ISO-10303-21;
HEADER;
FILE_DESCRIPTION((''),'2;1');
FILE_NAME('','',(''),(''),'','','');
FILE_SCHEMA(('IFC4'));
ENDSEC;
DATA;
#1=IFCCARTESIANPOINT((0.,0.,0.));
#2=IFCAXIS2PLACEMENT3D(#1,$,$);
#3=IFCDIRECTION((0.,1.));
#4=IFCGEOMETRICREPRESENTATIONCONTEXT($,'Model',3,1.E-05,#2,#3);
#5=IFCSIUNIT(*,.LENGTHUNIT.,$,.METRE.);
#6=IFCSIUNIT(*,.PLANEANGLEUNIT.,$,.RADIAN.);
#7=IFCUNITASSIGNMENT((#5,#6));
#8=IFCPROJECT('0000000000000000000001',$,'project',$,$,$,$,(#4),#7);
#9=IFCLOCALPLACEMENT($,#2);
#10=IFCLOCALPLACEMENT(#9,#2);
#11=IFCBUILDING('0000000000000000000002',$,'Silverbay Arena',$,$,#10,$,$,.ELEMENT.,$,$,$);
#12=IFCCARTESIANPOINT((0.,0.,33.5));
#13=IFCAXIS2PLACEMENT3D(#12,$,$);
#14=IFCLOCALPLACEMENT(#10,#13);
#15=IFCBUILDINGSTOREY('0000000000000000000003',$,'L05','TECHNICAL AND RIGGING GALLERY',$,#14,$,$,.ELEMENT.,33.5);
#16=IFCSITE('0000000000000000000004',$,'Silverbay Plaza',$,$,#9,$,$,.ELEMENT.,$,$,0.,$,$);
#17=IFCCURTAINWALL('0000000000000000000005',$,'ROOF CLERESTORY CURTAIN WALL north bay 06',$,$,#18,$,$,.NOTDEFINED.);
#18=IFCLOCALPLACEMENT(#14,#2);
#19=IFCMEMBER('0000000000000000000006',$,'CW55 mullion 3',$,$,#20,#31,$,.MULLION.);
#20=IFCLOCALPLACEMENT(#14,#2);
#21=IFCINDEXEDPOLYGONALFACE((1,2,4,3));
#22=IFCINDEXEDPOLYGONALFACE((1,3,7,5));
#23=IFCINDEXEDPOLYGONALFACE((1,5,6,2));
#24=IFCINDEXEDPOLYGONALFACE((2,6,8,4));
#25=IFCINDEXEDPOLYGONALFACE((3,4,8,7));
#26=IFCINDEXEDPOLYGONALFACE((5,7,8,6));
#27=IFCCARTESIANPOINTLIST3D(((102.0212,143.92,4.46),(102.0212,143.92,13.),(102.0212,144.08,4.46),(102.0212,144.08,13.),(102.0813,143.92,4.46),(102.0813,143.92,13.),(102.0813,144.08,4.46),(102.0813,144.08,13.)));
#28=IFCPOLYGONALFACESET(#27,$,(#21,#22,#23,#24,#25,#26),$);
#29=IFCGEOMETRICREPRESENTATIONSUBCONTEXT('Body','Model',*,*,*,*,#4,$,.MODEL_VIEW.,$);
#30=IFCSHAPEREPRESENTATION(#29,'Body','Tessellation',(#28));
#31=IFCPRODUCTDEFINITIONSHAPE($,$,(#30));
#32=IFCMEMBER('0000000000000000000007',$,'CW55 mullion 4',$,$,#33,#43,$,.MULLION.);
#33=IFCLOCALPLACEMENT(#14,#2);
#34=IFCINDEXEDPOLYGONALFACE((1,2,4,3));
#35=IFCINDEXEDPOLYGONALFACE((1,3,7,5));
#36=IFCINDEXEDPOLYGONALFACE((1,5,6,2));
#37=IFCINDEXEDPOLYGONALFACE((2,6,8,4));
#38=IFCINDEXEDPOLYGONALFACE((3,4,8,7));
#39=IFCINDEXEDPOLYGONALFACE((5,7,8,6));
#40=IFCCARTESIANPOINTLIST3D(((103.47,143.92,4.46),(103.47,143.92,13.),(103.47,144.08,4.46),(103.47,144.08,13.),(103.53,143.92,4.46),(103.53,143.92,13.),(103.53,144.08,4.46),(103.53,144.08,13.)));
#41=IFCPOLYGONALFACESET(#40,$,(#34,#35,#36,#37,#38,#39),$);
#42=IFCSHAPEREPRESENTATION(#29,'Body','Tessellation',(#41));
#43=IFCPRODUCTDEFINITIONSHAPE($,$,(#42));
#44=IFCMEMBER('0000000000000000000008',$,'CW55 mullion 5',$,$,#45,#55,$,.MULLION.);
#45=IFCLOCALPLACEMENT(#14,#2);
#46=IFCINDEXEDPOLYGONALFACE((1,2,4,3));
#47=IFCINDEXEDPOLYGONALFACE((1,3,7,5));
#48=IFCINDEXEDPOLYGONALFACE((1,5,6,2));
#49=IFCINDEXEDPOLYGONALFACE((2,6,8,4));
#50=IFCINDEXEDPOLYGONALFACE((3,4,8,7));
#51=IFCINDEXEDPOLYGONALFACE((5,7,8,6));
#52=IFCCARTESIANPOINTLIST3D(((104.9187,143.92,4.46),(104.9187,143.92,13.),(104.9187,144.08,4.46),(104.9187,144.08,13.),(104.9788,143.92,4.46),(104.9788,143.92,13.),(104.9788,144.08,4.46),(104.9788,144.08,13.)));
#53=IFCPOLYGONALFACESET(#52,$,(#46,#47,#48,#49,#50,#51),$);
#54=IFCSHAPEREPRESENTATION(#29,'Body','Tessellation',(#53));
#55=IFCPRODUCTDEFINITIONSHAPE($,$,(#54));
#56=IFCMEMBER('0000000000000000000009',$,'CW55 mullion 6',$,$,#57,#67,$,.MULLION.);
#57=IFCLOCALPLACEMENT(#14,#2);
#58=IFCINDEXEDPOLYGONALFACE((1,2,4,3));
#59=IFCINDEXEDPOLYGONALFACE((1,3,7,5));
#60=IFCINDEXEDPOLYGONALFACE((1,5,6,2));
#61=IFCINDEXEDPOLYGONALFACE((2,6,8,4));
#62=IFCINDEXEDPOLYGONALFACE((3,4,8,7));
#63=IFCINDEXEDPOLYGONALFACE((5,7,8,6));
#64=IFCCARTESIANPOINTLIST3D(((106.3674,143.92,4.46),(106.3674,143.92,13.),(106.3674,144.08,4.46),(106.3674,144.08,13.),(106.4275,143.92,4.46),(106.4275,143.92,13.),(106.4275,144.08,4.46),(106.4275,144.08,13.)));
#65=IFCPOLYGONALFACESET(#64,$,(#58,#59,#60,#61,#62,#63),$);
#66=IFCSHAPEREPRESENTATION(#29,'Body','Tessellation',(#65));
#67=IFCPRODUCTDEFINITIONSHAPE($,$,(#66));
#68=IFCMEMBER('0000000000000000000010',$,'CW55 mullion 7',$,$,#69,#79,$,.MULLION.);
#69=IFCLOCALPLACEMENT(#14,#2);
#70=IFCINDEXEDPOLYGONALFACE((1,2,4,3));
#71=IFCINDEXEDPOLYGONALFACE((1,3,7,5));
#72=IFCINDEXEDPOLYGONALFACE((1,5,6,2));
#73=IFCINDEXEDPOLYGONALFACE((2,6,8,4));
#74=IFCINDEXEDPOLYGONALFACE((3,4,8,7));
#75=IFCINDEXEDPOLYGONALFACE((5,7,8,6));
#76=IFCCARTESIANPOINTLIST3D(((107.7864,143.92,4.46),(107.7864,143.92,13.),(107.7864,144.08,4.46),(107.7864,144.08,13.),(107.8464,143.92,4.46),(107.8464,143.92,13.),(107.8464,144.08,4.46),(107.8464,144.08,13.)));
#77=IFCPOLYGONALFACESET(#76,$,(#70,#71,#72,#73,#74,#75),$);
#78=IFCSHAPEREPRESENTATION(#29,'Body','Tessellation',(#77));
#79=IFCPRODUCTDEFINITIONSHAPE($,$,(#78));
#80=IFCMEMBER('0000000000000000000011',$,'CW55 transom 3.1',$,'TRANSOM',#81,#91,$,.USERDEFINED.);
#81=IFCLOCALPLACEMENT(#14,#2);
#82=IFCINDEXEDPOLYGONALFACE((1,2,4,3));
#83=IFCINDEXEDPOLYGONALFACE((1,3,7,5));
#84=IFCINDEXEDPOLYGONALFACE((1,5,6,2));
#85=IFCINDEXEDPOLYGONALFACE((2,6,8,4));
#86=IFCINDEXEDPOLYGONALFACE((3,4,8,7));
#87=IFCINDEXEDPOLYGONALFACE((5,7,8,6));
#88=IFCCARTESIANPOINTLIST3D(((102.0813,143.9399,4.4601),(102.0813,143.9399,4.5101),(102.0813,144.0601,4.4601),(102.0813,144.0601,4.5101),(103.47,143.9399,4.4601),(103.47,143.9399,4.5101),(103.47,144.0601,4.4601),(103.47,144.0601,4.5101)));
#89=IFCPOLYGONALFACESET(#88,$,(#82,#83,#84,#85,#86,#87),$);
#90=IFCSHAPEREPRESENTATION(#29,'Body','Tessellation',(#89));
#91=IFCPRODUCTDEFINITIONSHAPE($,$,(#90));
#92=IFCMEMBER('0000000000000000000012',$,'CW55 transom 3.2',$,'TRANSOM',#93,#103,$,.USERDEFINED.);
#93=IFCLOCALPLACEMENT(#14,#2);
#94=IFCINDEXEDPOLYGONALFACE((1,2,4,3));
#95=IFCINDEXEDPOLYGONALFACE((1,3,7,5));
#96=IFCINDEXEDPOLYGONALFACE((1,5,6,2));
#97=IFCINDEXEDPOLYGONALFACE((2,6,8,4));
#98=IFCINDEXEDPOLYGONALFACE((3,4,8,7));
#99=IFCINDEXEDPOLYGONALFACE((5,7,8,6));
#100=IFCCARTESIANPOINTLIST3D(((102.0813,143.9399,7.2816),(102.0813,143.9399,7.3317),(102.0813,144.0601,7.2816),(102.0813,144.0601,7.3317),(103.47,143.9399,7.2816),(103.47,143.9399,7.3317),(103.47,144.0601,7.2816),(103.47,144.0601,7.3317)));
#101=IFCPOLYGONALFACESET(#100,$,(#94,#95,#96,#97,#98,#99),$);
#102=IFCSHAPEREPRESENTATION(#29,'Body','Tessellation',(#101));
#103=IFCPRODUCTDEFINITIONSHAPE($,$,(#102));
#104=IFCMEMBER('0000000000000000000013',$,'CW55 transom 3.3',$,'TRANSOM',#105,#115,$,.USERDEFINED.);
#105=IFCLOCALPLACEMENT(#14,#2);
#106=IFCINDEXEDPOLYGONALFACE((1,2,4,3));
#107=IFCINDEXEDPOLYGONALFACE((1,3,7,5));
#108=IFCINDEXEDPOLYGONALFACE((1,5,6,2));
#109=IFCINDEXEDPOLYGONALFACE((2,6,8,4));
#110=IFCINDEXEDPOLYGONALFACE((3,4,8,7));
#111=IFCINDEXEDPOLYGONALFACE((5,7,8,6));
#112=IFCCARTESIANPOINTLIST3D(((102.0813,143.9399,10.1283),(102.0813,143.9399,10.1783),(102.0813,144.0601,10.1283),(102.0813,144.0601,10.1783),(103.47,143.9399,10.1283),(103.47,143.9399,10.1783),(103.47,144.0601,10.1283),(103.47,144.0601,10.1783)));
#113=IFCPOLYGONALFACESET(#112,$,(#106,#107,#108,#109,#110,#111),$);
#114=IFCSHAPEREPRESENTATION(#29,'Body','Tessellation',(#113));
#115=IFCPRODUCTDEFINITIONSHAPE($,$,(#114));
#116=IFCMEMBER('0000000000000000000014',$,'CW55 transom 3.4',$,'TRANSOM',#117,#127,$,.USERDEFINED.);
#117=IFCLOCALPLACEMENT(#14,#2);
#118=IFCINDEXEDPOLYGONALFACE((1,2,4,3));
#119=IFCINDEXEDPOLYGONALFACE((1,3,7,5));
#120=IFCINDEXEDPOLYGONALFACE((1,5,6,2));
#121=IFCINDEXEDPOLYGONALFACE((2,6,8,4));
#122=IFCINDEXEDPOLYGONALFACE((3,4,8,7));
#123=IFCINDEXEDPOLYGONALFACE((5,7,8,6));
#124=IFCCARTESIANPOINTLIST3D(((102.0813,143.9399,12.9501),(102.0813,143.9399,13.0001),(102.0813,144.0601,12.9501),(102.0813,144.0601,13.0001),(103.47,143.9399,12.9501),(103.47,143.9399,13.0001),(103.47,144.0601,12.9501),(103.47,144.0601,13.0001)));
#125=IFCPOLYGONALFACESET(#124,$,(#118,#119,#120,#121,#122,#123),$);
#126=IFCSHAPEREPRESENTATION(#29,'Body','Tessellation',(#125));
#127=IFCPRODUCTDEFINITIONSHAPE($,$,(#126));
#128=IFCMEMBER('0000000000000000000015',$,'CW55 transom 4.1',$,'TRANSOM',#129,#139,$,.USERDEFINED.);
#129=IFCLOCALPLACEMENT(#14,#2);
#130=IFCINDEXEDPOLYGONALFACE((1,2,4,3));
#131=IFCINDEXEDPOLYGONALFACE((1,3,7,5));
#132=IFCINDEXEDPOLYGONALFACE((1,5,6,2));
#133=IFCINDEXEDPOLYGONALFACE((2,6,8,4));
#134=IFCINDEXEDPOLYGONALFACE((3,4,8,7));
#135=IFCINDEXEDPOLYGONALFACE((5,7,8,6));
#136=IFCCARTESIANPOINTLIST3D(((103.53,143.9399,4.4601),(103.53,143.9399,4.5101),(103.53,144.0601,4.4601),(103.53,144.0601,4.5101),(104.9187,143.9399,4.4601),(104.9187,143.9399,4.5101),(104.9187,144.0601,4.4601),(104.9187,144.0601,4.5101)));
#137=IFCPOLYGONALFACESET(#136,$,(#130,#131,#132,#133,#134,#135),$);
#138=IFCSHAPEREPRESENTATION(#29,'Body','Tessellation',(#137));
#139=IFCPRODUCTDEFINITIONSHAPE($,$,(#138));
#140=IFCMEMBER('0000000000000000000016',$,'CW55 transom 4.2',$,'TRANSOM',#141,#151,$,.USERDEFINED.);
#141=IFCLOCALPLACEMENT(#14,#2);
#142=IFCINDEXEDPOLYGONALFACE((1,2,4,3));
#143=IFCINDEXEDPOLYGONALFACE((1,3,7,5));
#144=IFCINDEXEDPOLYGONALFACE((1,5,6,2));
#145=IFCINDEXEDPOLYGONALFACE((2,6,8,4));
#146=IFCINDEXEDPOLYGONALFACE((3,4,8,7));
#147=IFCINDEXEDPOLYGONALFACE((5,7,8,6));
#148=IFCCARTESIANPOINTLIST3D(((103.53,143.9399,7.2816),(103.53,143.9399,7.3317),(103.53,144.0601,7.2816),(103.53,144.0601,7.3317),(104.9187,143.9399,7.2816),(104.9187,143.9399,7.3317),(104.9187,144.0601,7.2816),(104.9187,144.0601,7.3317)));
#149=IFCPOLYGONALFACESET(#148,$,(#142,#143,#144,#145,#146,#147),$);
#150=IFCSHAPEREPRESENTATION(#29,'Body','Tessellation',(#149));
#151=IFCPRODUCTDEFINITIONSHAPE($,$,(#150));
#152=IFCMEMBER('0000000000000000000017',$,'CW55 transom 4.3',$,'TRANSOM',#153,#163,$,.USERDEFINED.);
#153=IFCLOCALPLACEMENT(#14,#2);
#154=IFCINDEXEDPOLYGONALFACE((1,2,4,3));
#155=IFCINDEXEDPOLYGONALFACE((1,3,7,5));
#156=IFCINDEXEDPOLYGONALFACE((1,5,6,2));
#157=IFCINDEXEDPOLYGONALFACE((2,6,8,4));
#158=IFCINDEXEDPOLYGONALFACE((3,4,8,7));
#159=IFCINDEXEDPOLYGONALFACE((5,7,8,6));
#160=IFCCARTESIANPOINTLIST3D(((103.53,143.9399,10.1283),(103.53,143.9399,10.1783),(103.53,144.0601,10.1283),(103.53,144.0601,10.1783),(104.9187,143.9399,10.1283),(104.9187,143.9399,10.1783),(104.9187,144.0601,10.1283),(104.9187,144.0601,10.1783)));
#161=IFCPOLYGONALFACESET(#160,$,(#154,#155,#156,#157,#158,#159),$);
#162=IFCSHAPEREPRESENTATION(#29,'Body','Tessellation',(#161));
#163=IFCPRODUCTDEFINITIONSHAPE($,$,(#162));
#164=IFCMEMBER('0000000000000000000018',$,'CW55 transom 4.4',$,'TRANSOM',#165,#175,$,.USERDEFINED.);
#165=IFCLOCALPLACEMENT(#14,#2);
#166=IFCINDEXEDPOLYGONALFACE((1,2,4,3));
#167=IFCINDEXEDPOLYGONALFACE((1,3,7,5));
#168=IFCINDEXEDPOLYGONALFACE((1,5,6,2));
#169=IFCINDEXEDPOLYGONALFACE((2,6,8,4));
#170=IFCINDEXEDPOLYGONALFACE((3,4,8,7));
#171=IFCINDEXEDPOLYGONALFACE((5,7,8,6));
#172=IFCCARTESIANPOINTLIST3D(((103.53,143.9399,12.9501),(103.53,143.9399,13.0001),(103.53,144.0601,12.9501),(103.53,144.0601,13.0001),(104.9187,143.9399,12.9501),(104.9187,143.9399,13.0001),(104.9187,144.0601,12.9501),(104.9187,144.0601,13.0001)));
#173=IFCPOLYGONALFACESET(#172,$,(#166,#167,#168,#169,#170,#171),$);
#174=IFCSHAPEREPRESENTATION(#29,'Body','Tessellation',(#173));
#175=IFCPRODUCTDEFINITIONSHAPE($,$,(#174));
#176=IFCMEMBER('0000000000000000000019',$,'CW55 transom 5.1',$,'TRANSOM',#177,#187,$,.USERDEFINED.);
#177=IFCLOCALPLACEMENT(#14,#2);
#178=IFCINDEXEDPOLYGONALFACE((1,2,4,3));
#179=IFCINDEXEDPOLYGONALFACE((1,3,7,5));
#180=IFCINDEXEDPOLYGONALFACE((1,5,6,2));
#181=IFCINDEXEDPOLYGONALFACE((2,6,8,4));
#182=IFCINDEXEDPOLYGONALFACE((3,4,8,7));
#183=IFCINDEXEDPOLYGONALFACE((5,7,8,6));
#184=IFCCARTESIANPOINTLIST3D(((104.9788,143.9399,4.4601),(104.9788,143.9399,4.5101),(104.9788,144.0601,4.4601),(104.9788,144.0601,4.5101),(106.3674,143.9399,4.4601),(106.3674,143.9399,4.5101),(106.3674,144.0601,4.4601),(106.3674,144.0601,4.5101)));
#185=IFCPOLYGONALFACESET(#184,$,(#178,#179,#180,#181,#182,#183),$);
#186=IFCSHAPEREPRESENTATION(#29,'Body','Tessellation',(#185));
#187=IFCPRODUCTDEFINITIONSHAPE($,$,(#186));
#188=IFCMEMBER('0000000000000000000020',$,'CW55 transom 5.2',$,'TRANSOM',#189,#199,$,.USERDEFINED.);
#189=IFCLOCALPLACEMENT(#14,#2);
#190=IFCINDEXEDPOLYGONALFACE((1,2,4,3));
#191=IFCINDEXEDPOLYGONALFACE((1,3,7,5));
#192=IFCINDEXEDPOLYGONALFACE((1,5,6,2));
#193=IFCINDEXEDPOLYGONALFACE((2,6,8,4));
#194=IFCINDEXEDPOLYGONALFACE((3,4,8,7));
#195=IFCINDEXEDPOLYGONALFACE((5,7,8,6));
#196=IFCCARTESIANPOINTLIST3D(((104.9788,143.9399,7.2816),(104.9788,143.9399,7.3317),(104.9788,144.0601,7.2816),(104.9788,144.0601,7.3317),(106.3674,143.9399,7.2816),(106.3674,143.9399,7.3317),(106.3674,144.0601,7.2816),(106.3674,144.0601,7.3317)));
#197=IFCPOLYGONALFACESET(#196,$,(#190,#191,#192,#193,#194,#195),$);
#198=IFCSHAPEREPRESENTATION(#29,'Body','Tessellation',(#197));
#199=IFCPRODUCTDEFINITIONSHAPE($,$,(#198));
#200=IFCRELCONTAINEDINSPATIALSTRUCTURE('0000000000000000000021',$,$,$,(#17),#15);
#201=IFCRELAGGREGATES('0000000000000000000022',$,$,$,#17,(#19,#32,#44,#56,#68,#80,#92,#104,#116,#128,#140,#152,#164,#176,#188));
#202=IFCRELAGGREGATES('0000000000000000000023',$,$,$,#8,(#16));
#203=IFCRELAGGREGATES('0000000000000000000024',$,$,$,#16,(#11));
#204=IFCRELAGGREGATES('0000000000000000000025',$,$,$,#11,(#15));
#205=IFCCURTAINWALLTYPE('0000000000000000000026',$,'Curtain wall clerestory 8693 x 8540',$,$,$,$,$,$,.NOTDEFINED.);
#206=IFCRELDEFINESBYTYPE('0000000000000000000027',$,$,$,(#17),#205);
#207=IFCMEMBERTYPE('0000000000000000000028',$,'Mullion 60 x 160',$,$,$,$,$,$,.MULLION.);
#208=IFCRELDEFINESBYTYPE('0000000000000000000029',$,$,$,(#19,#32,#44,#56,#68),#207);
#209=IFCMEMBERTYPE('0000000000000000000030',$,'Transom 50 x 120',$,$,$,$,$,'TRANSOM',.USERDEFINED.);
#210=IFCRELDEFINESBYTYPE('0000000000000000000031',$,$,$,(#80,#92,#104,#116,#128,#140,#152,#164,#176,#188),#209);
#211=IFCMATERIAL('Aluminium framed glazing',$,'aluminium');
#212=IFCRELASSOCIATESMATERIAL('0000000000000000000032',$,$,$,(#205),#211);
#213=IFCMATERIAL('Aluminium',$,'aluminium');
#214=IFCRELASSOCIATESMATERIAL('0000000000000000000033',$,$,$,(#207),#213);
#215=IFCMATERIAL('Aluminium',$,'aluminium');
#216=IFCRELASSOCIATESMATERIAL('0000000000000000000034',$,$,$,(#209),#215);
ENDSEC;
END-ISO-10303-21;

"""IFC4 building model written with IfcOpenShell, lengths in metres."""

from ifc_helpers import new_model, si_unit, direction, frame, origin, origin_2d, place, context, subcontext, project, spatial, rectangle, extrude, material, material_profile, profile_set, type_object, element, aggregate, save


model = new_model("IFC4")

# Units and contexts
model_context = context("Model", 3, precision=1e-05, world=origin(), true_north=direction((0.0, 1.0)))
body_context = subcontext(model_context, "Body", "Model", "MODEL_VIEW")
ifc_project = project(units=[si_unit("LENGTHUNIT", "METRE"), si_unit("PLANEANGLEUNIT", "RADIAN")], contexts=[model_context])

# Site, building, storey
site_placement = place(None, origin())
site = spatial("IfcSite", under=ifc_project, at=site_placement, Name="Silverbay Plaza", CompositionType="ELEMENT", RefElevation=0.0)
building_placement = place(site_placement, origin())
building = spatial("IfcBuilding", under=site, at=building_placement, Name="Silverbay Arena", CompositionType="ELEMENT")
storey_placement = place(building_placement, frame((0.0, 0.0, 33.5)))
storey = spatial("IfcBuildingStorey", under=building, at=storey_placement, Name="L05", Description="TECHNICAL AND RIGGING GALLERY", CompositionType="ELEMENT", Elevation=33.5)

# Curtain wall, members
ifc_material_1 = material(Name="Aluminium framed glazing", Category="aluminium")
curtain_wall_type = type_object("IfcCurtainWallType", Name="Curtain wall clerestory 8693 x 8540", PredefinedType="NOTDEFINED", material=ifc_material_1)
curtain_wall_placement = place(storey_placement, origin())
curtain_wall = element("IfcCurtainWall", 1, at=curtain_wall_placement, inside=storey, type_object=curtain_wall_type, Name="ROOF CLERESTORY CURTAIN WALL north bay 06", PredefinedType="NOTDEFINED")
ifc_material_2 = material(Name="Aluminium", Category="aluminium")
ifc_material_profile_1 = material_profile(ifc_material_2, rectangle(XDim=0.1599, YDim=0.0601, at=origin_2d()), Name="Mullion 60 x 160")
ifc_profile_set_1 = profile_set([ifc_material_profile_1], Name="Aluminium")
member_type_1 = type_object("IfcMemberType", Name="Mullion 60 x 160", PredefinedType="MULLION", material=ifc_profile_set_1)
member_1_placement = place(storey_placement, frame((102.0513, 144.0, 4.46), z_axis=(0.0, 0.0, 1.0), x_axis=(0.0, 1.0, 0.0)))
member_1 = element("IfcMember", 2, at=member_1_placement, type_object=member_type_1, Name="CW55 mullion 3", PredefinedType="MULLION", context=body_context, shape_type="SweptSolid", body=[
    extrude(rectangle(XDim=0.1599, YDim=0.0601, at=origin_2d()), origin(), (0.0, 0.0, 1.0), 8.54),
])
member_2_placement = place(storey_placement, frame((103.5, 144.0, 4.46), z_axis=(0.0, 0.0, 1.0), x_axis=(0.0, 1.0, 0.0)))
member_2 = element("IfcMember", 3, at=member_2_placement, type_object=member_type_1, Name="CW55 mullion 4", PredefinedType="MULLION", context=body_context, shape_type="SweptSolid", body=[
    extrude(rectangle(XDim=0.1599, YDim=0.0601, at=origin_2d()), origin(), (0.0, 0.0, 1.0), 8.54),
])
member_3_placement = place(storey_placement, frame((104.9487, 144.0, 4.46), z_axis=(0.0, 0.0, 1.0), x_axis=(0.0, 1.0, 0.0)))
member_3 = element("IfcMember", 4, at=member_3_placement, type_object=member_type_1, Name="CW55 mullion 5", PredefinedType="MULLION", context=body_context, shape_type="SweptSolid", body=[
    extrude(rectangle(XDim=0.1599, YDim=0.0601, at=origin_2d()), origin(), (0.0, 0.0, 1.0), 8.54),
])
member_4_placement = place(storey_placement, frame((106.3975, 144.0, 4.46), z_axis=(0.0, 0.0, 1.0), x_axis=(0.0, 1.0, 0.0)))
member_4 = element("IfcMember", 5, at=member_4_placement, type_object=member_type_1, Name="CW55 mullion 6", PredefinedType="MULLION", context=body_context, shape_type="SweptSolid", body=[
    extrude(rectangle(XDim=0.1599, YDim=0.0601, at=origin_2d()), origin(), (0.0, 0.0, 1.0), 8.54),
])
member_5_placement = place(storey_placement, frame((107.8164, 144.0, 4.46), z_axis=(0.0, 0.0, 1.0), x_axis=(0.0, 1.0, 0.0)))
member_5 = element("IfcMember", 6, at=member_5_placement, type_object=member_type_1, Name="CW55 mullion 7", PredefinedType="MULLION", context=body_context, shape_type="SweptSolid", body=[
    extrude(rectangle(XDim=0.1599, YDim=0.0601, at=origin_2d()), origin(), (0.0, 0.0, 1.0), 8.54),
])
ifc_material_3 = material(Name="Aluminium", Category="aluminium")
ifc_material_profile_2 = material_profile(ifc_material_3, rectangle(XDim=0.1201, YDim=0.05, at=origin_2d()), Name="Transom 50 x 120")
ifc_profile_set_2 = profile_set([ifc_material_profile_2], Name="Aluminium")
member_type_2 = type_object("IfcMemberType", Name="Transom 50 x 120", ElementType="TRANSOM", PredefinedType="USERDEFINED", material=ifc_profile_set_2)
member_6_placement = place(storey_placement, frame((102.0813, 144.0, 4.4851), z_axis=(1.0, 0.0, 0.0), x_axis=(0.0, 1.0, 0.0)))
member_6 = element("IfcMember", 7, at=member_6_placement, type_object=member_type_2, Name="CW55 transom 3.1", ObjectType="TRANSOM", PredefinedType="USERDEFINED", context=body_context, shape_type="SweptSolid", body=[
    extrude(rectangle(XDim=0.1201, YDim=0.05, at=origin_2d()), origin(), (0.0, 0.0, 1.0), 1.3887),
])
member_7_placement = place(storey_placement, frame((102.0813, 144.0, 7.3066), z_axis=(1.0, 0.0, 0.0), x_axis=(0.0, 1.0, 0.0)))
member_7 = element("IfcMember", 8, at=member_7_placement, type_object=member_type_2, Name="CW55 transom 3.2", ObjectType="TRANSOM", PredefinedType="USERDEFINED", context=body_context, shape_type="SweptSolid", body=[
    extrude(rectangle(XDim=0.1201, YDim=0.05, at=origin_2d()), origin(), (0.0, 0.0, 1.0), 1.3887),
])
member_8_placement = place(storey_placement, frame((102.0813, 144.0, 10.1533), z_axis=(1.0, 0.0, 0.0), x_axis=(0.0, 1.0, 0.0)))
member_8 = element("IfcMember", 9, at=member_8_placement, type_object=member_type_2, Name="CW55 transom 3.3", ObjectType="TRANSOM", PredefinedType="USERDEFINED", context=body_context, shape_type="SweptSolid", body=[
    extrude(rectangle(XDim=0.1201, YDim=0.05, at=origin_2d()), origin(), (0.0, 0.0, 1.0), 1.3887),
])
member_9_placement = place(storey_placement, frame((102.0813, 144.0, 12.9751), z_axis=(1.0, 0.0, 0.0), x_axis=(0.0, 1.0, 0.0)))
member_9 = element("IfcMember", 10, at=member_9_placement, type_object=member_type_2, Name="CW55 transom 3.4", ObjectType="TRANSOM", PredefinedType="USERDEFINED", context=body_context, shape_type="SweptSolid", body=[
    extrude(rectangle(XDim=0.1201, YDim=0.05, at=origin_2d()), origin(), (0.0, 0.0, 1.0), 1.3887),
])
member_10_placement = place(storey_placement, frame((103.53, 144.0, 4.4851), z_axis=(1.0, 0.0, 0.0), x_axis=(0.0, 1.0, 0.0)))
member_10 = element("IfcMember", 11, at=member_10_placement, type_object=member_type_2, Name="CW55 transom 4.1", ObjectType="TRANSOM", PredefinedType="USERDEFINED", context=body_context, shape_type="SweptSolid", body=[
    extrude(rectangle(XDim=0.1201, YDim=0.05, at=origin_2d()), origin(), (0.0, 0.0, 1.0), 1.3887),
])
member_11_placement = place(storey_placement, frame((103.53, 144.0, 7.3066), z_axis=(1.0, 0.0, 0.0), x_axis=(0.0, 1.0, 0.0)))
member_11 = element("IfcMember", 12, at=member_11_placement, type_object=member_type_2, Name="CW55 transom 4.2", ObjectType="TRANSOM", PredefinedType="USERDEFINED", context=body_context, shape_type="SweptSolid", body=[
    extrude(rectangle(XDim=0.1201, YDim=0.05, at=origin_2d()), origin(), (0.0, 0.0, 1.0), 1.3887),
])
member_12_placement = place(storey_placement, frame((103.53, 144.0, 10.1533), z_axis=(1.0, 0.0, 0.0), x_axis=(0.0, 1.0, 0.0)))
member_12 = element("IfcMember", 13, at=member_12_placement, type_object=member_type_2, Name="CW55 transom 4.3", ObjectType="TRANSOM", PredefinedType="USERDEFINED", context=body_context, shape_type="SweptSolid", body=[
    extrude(rectangle(XDim=0.1201, YDim=0.05, at=origin_2d()), origin(), (0.0, 0.0, 1.0), 1.3887),
])
member_13_placement = place(storey_placement, frame((103.53, 144.0, 12.9751), z_axis=(1.0, 0.0, 0.0), x_axis=(0.0, 1.0, 0.0)))
member_13 = element("IfcMember", 14, at=member_13_placement, type_object=member_type_2, Name="CW55 transom 4.4", ObjectType="TRANSOM", PredefinedType="USERDEFINED", context=body_context, shape_type="SweptSolid", body=[
    extrude(rectangle(XDim=0.1201, YDim=0.05, at=origin_2d()), origin(), (0.0, 0.0, 1.0), 1.3887),
])
member_14_placement = place(storey_placement, frame((104.9788, 144.0, 4.4851), z_axis=(1.0, 0.0, 0.0), x_axis=(0.0, 1.0, 0.0)))
member_14 = element("IfcMember", 15, at=member_14_placement, type_object=member_type_2, Name="CW55 transom 5.1", ObjectType="TRANSOM", PredefinedType="USERDEFINED", context=body_context, shape_type="SweptSolid", body=[
    extrude(rectangle(XDim=0.1201, YDim=0.05, at=origin_2d()), origin(), (0.0, 0.0, 1.0), 1.3887),
])
member_15_placement = place(storey_placement, frame((104.9788, 144.0, 7.3066), z_axis=(1.0, 0.0, 0.0), x_axis=(0.0, 1.0, 0.0)))
member_15 = element("IfcMember", 16, at=member_15_placement, type_object=member_type_2, Name="CW55 transom 5.2", ObjectType="TRANSOM", PredefinedType="USERDEFINED", context=body_context, shape_type="SweptSolid", body=[
    extrude(rectangle(XDim=0.1201, YDim=0.05, at=origin_2d()), origin(), (0.0, 0.0, 1.0), 1.3887),
])
aggregate(curtain_wall, [member_1, member_2, member_3, member_4, member_5, member_6, member_7, member_8, member_9, member_10, member_11, member_12, member_13, member_14, member_15])

save(model, "model.ifc")
